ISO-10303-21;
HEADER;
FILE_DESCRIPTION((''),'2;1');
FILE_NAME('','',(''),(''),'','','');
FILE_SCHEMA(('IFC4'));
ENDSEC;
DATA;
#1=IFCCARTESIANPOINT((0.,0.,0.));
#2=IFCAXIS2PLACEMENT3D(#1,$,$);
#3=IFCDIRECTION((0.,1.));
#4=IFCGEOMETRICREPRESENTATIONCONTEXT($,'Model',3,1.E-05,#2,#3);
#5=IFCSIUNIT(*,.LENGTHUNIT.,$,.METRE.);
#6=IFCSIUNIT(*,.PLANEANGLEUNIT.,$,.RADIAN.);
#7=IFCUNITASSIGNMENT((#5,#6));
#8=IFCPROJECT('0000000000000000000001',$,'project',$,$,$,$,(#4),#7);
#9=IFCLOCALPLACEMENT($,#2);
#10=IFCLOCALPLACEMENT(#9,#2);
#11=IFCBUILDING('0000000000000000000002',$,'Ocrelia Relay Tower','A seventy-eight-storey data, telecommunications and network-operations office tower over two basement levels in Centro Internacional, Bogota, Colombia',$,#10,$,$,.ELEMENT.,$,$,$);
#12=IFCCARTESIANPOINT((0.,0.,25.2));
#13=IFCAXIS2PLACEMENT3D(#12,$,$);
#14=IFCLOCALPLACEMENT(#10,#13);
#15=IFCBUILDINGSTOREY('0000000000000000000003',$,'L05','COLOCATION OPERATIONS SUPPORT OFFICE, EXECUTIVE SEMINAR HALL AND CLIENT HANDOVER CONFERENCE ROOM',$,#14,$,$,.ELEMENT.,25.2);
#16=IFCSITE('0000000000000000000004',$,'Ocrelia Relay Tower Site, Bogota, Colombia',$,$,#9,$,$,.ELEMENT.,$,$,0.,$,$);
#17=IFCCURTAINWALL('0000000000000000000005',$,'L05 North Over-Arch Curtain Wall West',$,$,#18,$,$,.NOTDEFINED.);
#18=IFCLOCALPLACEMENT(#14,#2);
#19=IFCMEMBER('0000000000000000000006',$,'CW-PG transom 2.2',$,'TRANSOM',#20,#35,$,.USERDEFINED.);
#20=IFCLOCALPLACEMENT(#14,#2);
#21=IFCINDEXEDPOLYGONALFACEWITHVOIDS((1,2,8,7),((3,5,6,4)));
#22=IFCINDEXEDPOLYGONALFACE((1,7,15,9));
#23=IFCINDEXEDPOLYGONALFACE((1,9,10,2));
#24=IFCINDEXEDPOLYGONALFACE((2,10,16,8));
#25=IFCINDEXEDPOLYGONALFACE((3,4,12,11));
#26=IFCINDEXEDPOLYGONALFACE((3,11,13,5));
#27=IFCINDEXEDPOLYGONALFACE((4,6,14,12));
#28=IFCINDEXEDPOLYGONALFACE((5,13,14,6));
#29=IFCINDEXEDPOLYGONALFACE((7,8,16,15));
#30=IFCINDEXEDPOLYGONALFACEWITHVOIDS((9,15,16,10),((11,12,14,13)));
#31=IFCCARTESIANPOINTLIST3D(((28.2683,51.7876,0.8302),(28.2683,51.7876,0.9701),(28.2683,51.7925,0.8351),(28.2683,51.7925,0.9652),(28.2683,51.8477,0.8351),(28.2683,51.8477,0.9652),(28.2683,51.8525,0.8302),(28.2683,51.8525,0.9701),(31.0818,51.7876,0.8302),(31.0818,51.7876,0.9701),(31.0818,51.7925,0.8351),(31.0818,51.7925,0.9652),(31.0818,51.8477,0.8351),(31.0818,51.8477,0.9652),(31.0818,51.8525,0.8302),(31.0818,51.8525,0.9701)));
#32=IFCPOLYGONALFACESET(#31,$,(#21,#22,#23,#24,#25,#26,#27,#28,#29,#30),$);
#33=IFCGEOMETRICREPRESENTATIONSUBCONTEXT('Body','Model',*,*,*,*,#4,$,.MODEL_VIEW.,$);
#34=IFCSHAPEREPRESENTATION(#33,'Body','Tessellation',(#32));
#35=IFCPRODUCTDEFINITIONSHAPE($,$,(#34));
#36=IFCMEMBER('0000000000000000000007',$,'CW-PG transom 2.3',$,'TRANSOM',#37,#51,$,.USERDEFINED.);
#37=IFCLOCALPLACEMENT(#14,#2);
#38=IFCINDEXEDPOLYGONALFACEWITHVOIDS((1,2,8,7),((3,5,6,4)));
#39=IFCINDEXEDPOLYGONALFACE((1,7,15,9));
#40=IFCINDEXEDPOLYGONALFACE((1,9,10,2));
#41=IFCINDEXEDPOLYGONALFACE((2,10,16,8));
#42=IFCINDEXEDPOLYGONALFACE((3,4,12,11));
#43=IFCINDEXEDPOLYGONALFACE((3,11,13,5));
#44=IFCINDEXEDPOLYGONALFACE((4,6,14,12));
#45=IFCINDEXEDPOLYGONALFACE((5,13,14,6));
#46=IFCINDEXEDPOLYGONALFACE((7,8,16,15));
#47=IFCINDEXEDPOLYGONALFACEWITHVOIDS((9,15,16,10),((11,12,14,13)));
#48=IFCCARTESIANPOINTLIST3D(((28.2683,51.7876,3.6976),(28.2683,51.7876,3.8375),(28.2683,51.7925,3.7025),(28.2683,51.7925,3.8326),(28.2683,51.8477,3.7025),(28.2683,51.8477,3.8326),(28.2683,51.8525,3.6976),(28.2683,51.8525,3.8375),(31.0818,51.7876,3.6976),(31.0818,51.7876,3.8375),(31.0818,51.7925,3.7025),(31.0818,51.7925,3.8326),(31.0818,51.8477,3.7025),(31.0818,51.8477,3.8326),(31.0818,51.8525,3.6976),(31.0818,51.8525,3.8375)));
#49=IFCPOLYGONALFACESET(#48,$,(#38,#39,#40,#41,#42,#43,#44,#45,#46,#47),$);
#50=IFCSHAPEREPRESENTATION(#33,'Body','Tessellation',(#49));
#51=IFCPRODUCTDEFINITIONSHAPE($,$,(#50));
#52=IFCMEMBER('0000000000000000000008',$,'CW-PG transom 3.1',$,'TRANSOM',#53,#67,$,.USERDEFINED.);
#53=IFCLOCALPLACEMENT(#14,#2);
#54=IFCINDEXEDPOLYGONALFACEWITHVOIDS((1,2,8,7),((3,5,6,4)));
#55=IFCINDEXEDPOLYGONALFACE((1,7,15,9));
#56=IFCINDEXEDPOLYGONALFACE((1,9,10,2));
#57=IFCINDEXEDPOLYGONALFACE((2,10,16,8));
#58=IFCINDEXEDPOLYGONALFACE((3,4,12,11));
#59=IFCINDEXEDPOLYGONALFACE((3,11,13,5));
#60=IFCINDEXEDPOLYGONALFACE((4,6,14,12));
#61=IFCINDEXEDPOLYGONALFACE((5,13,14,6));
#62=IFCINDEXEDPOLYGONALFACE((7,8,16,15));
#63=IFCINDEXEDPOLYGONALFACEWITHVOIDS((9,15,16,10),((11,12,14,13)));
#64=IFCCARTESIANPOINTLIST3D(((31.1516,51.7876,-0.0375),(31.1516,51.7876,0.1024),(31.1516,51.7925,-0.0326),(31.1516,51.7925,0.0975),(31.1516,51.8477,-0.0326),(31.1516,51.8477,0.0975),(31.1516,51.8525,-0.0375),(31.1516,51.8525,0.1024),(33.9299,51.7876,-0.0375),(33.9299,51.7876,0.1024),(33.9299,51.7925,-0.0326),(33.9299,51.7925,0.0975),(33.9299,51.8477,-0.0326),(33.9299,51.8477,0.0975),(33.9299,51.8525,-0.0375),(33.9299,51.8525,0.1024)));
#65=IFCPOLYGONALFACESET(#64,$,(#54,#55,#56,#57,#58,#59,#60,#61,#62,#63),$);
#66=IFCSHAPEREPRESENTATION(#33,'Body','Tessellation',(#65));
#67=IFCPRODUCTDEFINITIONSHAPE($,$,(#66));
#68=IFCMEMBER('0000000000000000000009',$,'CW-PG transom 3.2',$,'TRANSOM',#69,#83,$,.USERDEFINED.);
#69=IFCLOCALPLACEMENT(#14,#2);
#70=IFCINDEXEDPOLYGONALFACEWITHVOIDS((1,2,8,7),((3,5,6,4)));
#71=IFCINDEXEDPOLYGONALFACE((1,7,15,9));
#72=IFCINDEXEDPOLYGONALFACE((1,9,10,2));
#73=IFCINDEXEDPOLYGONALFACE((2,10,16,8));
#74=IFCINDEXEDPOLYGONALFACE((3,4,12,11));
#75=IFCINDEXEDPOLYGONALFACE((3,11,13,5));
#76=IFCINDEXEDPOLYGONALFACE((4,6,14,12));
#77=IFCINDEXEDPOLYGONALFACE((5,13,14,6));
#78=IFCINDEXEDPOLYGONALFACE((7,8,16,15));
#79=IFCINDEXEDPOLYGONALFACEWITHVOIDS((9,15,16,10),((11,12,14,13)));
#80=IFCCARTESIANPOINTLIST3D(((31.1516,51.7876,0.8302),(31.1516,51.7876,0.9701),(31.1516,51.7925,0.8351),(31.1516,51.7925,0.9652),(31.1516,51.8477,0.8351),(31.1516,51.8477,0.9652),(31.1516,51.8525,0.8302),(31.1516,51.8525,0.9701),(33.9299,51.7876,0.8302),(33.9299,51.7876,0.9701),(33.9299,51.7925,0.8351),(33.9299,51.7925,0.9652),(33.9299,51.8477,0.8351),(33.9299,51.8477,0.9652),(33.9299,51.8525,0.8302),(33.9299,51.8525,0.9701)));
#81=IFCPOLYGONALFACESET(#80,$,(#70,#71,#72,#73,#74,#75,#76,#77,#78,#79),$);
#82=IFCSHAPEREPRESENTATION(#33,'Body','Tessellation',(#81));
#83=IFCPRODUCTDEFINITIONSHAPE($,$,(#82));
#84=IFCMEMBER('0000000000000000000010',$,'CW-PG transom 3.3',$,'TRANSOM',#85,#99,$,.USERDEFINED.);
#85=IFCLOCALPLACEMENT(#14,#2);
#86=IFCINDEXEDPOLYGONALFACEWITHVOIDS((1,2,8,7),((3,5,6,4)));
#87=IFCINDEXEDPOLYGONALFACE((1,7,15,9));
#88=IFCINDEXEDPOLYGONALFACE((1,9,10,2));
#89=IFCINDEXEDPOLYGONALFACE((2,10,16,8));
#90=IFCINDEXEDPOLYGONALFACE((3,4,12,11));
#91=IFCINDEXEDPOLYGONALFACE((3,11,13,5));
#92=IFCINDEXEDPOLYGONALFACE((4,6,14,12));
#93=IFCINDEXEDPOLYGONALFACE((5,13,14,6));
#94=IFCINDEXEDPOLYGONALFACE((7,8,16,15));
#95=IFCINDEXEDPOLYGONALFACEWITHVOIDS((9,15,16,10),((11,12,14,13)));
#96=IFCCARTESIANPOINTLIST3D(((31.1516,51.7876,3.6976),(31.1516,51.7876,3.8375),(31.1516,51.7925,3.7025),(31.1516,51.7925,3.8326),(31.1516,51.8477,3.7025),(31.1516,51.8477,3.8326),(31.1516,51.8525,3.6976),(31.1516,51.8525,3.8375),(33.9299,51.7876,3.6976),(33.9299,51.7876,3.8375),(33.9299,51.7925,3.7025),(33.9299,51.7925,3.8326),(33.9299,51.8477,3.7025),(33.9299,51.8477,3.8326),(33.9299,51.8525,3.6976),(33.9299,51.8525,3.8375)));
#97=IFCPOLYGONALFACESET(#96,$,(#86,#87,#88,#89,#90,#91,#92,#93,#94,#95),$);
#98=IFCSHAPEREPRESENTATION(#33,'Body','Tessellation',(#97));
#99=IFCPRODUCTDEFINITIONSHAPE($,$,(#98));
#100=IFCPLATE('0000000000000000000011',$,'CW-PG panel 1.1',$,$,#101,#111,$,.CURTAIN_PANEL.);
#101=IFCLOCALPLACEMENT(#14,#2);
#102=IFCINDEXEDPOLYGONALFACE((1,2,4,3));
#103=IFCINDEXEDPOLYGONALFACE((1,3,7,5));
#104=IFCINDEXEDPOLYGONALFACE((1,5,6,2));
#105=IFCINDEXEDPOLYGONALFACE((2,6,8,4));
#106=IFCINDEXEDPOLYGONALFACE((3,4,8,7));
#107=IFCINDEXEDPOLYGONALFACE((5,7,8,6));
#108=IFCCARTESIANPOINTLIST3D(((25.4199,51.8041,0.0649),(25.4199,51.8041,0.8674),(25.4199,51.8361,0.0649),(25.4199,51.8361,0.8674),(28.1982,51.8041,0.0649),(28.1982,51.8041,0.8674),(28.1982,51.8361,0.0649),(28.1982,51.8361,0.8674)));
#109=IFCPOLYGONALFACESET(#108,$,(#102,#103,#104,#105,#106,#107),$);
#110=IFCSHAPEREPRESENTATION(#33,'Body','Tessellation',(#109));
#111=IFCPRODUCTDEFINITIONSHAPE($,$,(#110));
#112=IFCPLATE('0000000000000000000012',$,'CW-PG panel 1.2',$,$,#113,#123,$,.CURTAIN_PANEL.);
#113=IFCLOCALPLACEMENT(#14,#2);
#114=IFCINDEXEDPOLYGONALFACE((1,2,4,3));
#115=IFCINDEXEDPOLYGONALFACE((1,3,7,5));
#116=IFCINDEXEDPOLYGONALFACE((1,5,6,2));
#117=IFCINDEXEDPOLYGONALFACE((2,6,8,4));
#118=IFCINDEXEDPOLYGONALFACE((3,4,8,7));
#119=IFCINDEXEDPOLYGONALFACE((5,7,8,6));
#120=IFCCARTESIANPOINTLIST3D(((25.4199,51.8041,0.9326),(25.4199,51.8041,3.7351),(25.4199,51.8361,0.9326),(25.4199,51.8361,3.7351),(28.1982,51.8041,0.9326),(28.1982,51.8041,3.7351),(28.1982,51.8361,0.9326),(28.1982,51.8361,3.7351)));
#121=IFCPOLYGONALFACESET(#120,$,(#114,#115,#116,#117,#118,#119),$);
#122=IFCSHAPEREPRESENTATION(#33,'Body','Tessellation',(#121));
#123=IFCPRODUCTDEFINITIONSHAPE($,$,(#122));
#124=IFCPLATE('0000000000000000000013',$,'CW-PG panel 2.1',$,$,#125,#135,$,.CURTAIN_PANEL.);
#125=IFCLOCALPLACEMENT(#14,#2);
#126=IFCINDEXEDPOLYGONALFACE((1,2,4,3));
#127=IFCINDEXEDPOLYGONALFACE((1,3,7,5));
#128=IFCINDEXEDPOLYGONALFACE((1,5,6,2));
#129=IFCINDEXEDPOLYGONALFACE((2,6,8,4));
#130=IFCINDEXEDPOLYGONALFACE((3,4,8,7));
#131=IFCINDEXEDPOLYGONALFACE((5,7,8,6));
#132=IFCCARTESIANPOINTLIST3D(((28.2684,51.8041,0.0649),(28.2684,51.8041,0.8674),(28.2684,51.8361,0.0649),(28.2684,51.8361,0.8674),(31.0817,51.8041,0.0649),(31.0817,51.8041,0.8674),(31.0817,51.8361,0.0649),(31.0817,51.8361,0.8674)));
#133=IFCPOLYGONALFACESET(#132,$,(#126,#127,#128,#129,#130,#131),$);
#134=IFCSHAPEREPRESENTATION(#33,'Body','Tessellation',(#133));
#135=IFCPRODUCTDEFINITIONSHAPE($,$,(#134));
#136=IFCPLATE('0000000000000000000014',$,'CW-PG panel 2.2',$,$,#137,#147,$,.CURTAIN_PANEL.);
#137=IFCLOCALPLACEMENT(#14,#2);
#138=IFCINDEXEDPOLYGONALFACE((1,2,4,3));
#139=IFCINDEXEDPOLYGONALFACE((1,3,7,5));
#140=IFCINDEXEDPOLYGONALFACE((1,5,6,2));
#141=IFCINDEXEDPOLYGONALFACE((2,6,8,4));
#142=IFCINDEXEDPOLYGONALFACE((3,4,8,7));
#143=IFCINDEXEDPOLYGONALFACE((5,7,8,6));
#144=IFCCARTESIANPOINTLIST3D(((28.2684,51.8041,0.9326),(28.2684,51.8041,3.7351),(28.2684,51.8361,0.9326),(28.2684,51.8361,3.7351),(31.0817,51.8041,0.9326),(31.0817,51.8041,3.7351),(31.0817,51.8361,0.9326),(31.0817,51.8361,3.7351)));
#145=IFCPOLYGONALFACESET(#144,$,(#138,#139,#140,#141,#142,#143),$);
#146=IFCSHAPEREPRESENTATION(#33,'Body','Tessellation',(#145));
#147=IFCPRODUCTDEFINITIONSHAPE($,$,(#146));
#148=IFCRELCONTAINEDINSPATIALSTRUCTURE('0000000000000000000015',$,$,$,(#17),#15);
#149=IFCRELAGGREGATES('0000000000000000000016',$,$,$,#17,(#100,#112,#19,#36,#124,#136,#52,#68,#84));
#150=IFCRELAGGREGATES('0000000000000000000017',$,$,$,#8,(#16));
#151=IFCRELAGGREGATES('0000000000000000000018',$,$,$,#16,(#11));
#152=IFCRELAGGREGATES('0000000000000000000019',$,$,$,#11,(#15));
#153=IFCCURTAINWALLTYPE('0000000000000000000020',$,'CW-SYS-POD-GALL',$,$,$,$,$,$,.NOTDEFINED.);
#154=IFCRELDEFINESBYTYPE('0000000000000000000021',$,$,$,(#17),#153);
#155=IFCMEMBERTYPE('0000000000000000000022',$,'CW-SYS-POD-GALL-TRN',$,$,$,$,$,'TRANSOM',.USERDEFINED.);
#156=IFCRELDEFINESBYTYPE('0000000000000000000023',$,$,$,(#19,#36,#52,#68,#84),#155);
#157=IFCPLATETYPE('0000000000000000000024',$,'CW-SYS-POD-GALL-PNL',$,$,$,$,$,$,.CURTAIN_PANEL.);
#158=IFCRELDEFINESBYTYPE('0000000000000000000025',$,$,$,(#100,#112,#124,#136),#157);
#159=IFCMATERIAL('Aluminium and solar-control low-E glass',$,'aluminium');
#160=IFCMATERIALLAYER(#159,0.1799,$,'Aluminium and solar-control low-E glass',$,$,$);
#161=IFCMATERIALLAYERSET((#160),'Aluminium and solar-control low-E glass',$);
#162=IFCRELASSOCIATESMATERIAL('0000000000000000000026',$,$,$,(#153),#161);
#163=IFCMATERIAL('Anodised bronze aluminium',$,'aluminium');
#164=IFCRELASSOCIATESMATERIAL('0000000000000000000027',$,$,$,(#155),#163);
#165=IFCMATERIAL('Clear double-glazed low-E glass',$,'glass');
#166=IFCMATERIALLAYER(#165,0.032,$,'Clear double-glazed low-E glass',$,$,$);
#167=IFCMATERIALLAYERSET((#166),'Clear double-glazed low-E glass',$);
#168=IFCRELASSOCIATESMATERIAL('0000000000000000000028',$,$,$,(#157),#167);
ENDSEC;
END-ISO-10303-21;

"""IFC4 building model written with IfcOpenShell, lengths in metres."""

from ifc_helpers import new_model, si_unit, direction, frame, origin, origin_2d, place, context, subcontext, project, spatial, rectangle, hollow_rectangle, extrude, material, layer, layer_set, material_profile, profile_set, type_object, element, aggregate, save


model = new_model("IFC4")

# Units and contexts
model_context = context("Model", 3, precision=1e-05, world=origin(), true_north=direction((0.0, 1.0)))
body_context = subcontext(model_context, "Body", "Model", "MODEL_VIEW")
ifc_project = project(units=[si_unit("LENGTHUNIT", "METRE"), si_unit("PLANEANGLEUNIT", "RADIAN")], contexts=[model_context])

# Site, building, storey
site_placement = place(None, origin())
site = spatial("IfcSite", under=ifc_project, at=site_placement, Name="Ocrelia Relay Tower Site, Bogota, Colombia", CompositionType="ELEMENT", RefElevation=0.0)
building_placement = place(site_placement, origin())
building = spatial("IfcBuilding", under=site, at=building_placement, Name="Ocrelia Relay Tower", Description="A seventy-eight-storey data, telecommunications and network-operations office tower over two basement levels in Centro Internacional, Bogota, Colombia", CompositionType="ELEMENT")
storey_placement = place(building_placement, frame((0.0, 0.0, 25.2)))
storey = spatial("IfcBuildingStorey", under=building, at=storey_placement, Name="L05", Description="COLOCATION OPERATIONS SUPPORT OFFICE, EXECUTIVE SEMINAR HALL AND CLIENT HANDOVER CONFERENCE ROOM", CompositionType="ELEMENT", Elevation=25.2)

# Curtain wall, members, plates
ifc_material_1 = material(Name="Aluminium and solar-control low-E glass", Category="aluminium")
ifc_layer_1 = layer(ifc_material_1, 0.1799, Name="Aluminium and solar-control low-E glass")
ifc_layer_set_1 = layer_set([ifc_layer_1], Name="Aluminium and solar-control low-E glass")
curtain_wall_type = type_object("IfcCurtainWallType", Name="CW-SYS-POD-GALL", PredefinedType="NOTDEFINED", material=ifc_layer_set_1)
curtain_wall_placement = place(storey_placement, origin())
curtain_wall = element("IfcCurtainWall", 1, at=curtain_wall_placement, inside=storey, type_object=curtain_wall_type, Name="L05 North Over-Arch Curtain Wall West", PredefinedType="NOTDEFINED")
ifc_material_2 = material(Name="Anodised bronze aluminium", Category="aluminium")
ifc_material_profile_1 = material_profile(ifc_material_2, hollow_rectangle(XDim=0.0649, YDim=0.1399, WallThickness=0.0049, at=origin_2d()), Name="CW-TRN-140x65")
ifc_profile_set_1 = profile_set([ifc_material_profile_1], Name="Anodised bronze aluminium")
member_type_1 = type_object("IfcMemberType", Name="CW-SYS-POD-GALL-TRN", ElementType="TRANSOM", PredefinedType="USERDEFINED", material=ifc_profile_set_1)
member_1_placement = place(storey_placement, frame((28.2683, 51.8201, 0.9001), z_axis=(1.0, 0.0, 0.0), x_axis=(0.0, 1.0, 0.0)))
member_1 = element("IfcMember", 2, at=member_1_placement, type_object=member_type_1, Name="CW-PG transom 2.2", ObjectType="TRANSOM", PredefinedType="USERDEFINED", context=body_context, shape_type="SweptSolid", body=[
    extrude(hollow_rectangle(XDim=0.0649, YDim=0.1399, WallThickness=0.0049, at=origin_2d()), origin(), (0.0, 0.0, 1.0), 2.8135),
])
member_2_placement = place(storey_placement, frame((28.2683, 51.8201, 3.7676), z_axis=(1.0, 0.0, 0.0), x_axis=(0.0, 1.0, 0.0)))
member_2 = element("IfcMember", 3, at=member_2_placement, type_object=member_type_1, Name="CW-PG transom 2.3", ObjectType="TRANSOM", PredefinedType="USERDEFINED", context=body_context, shape_type="SweptSolid", body=[
    extrude(hollow_rectangle(XDim=0.0649, YDim=0.1399, WallThickness=0.0049, at=origin_2d()), origin(), (0.0, 0.0, 1.0), 2.8135),
])
member_3_placement = place(storey_placement, frame((31.1516, 51.8201, 0.0325), z_axis=(1.0, 0.0, 0.0), x_axis=(0.0, 1.0, 0.0)))
member_3 = element("IfcMember", 4, at=member_3_placement, type_object=member_type_1, Name="CW-PG transom 3.1", ObjectType="TRANSOM", PredefinedType="USERDEFINED", context=body_context, shape_type="SweptSolid", body=[
    extrude(hollow_rectangle(XDim=0.0649, YDim=0.1399, WallThickness=0.0049, at=origin_2d()), origin(), (0.0, 0.0, 1.0), 2.7783),
])
member_4_placement = place(storey_placement, frame((31.1516, 51.8201, 0.9001), z_axis=(1.0, 0.0, 0.0), x_axis=(0.0, 1.0, 0.0)))
member_4 = element("IfcMember", 5, at=member_4_placement, type_object=member_type_1, Name="CW-PG transom 3.2", ObjectType="TRANSOM", PredefinedType="USERDEFINED", context=body_context, shape_type="SweptSolid", body=[
    extrude(hollow_rectangle(XDim=0.0649, YDim=0.1399, WallThickness=0.0049, at=origin_2d()), origin(), (0.0, 0.0, 1.0), 2.7783),
])
member_5_placement = place(storey_placement, frame((31.1516, 51.8201, 3.7676), z_axis=(1.0, 0.0, 0.0), x_axis=(0.0, 1.0, 0.0)))
member_5 = element("IfcMember", 6, at=member_5_placement, type_object=member_type_1, Name="CW-PG transom 3.3", ObjectType="TRANSOM", PredefinedType="USERDEFINED", context=body_context, shape_type="SweptSolid", body=[
    extrude(hollow_rectangle(XDim=0.0649, YDim=0.1399, WallThickness=0.0049, at=origin_2d()), origin(), (0.0, 0.0, 1.0), 2.7783),
])
ifc_material_3 = material(Name="Clear double-glazed low-E glass", Category="glass")
ifc_layer_2 = layer(ifc_material_3, 0.032, Name="Clear double-glazed low-E glass")
ifc_layer_set_2 = layer_set([ifc_layer_2], Name="Clear double-glazed low-E glass")
plate_type = type_object("IfcPlateType", Name="CW-SYS-POD-GALL-PNL", PredefinedType="CURTAIN_PANEL", material=ifc_layer_set_2)
plate_1_placement = place(storey_placement, frame((26.8091, 51.8201, 0.0649), z_axis=(0.0, 0.0, 1.0), x_axis=(1.0, 0.0, 0.0)))
plate_1 = element("IfcPlate", 7, at=plate_1_placement, type_object=plate_type, Name="CW-PG panel 1.1", PredefinedType="CURTAIN_PANEL", context=body_context, shape_type="SweptSolid", body=[
    extrude(rectangle(XDim=2.7783, YDim=0.032, at=origin_2d()), origin(), (0.0, 0.0, 1.0), 0.8025),
])
plate_2_placement = place(storey_placement, frame((26.8091, 51.8201, 0.9326), z_axis=(0.0, 0.0, 1.0), x_axis=(1.0, 0.0, 0.0)))
plate_2 = element("IfcPlate", 8, at=plate_2_placement, type_object=plate_type, Name="CW-PG panel 1.2", PredefinedType="CURTAIN_PANEL", context=body_context, shape_type="SweptSolid", body=[
    extrude(rectangle(XDim=2.7783, YDim=0.032, at=origin_2d()), origin(), (0.0, 0.0, 1.0), 2.8025),
])
plate_3_placement = place(storey_placement, frame((29.675, 51.8201, 0.0649), z_axis=(0.0, 0.0, 1.0), x_axis=(1.0, 0.0, 0.0)))
plate_3 = element("IfcPlate", 9, at=plate_3_placement, type_object=plate_type, Name="CW-PG panel 2.1", PredefinedType="CURTAIN_PANEL", context=body_context, shape_type="SweptSolid", body=[
    extrude(rectangle(XDim=2.8132, YDim=0.032, at=origin_2d()), origin(), (0.0, 0.0, 1.0), 0.8025),
])
plate_4_placement = place(storey_placement, frame((29.675, 51.8201, 0.9326), z_axis=(0.0, 0.0, 1.0), x_axis=(1.0, 0.0, 0.0)))
plate_4 = element("IfcPlate", 10, at=plate_4_placement, type_object=plate_type, Name="CW-PG panel 2.2", PredefinedType="CURTAIN_PANEL", context=body_context, shape_type="SweptSolid", body=[
    extrude(rectangle(XDim=2.8132, YDim=0.032, at=origin_2d()), origin(), (0.0, 0.0, 1.0), 2.8025),
])
aggregate(curtain_wall, [plate_1, plate_2, member_1, member_2, plate_3, plate_4, member_3, member_4, member_5])

save(model, "model.ifc")
